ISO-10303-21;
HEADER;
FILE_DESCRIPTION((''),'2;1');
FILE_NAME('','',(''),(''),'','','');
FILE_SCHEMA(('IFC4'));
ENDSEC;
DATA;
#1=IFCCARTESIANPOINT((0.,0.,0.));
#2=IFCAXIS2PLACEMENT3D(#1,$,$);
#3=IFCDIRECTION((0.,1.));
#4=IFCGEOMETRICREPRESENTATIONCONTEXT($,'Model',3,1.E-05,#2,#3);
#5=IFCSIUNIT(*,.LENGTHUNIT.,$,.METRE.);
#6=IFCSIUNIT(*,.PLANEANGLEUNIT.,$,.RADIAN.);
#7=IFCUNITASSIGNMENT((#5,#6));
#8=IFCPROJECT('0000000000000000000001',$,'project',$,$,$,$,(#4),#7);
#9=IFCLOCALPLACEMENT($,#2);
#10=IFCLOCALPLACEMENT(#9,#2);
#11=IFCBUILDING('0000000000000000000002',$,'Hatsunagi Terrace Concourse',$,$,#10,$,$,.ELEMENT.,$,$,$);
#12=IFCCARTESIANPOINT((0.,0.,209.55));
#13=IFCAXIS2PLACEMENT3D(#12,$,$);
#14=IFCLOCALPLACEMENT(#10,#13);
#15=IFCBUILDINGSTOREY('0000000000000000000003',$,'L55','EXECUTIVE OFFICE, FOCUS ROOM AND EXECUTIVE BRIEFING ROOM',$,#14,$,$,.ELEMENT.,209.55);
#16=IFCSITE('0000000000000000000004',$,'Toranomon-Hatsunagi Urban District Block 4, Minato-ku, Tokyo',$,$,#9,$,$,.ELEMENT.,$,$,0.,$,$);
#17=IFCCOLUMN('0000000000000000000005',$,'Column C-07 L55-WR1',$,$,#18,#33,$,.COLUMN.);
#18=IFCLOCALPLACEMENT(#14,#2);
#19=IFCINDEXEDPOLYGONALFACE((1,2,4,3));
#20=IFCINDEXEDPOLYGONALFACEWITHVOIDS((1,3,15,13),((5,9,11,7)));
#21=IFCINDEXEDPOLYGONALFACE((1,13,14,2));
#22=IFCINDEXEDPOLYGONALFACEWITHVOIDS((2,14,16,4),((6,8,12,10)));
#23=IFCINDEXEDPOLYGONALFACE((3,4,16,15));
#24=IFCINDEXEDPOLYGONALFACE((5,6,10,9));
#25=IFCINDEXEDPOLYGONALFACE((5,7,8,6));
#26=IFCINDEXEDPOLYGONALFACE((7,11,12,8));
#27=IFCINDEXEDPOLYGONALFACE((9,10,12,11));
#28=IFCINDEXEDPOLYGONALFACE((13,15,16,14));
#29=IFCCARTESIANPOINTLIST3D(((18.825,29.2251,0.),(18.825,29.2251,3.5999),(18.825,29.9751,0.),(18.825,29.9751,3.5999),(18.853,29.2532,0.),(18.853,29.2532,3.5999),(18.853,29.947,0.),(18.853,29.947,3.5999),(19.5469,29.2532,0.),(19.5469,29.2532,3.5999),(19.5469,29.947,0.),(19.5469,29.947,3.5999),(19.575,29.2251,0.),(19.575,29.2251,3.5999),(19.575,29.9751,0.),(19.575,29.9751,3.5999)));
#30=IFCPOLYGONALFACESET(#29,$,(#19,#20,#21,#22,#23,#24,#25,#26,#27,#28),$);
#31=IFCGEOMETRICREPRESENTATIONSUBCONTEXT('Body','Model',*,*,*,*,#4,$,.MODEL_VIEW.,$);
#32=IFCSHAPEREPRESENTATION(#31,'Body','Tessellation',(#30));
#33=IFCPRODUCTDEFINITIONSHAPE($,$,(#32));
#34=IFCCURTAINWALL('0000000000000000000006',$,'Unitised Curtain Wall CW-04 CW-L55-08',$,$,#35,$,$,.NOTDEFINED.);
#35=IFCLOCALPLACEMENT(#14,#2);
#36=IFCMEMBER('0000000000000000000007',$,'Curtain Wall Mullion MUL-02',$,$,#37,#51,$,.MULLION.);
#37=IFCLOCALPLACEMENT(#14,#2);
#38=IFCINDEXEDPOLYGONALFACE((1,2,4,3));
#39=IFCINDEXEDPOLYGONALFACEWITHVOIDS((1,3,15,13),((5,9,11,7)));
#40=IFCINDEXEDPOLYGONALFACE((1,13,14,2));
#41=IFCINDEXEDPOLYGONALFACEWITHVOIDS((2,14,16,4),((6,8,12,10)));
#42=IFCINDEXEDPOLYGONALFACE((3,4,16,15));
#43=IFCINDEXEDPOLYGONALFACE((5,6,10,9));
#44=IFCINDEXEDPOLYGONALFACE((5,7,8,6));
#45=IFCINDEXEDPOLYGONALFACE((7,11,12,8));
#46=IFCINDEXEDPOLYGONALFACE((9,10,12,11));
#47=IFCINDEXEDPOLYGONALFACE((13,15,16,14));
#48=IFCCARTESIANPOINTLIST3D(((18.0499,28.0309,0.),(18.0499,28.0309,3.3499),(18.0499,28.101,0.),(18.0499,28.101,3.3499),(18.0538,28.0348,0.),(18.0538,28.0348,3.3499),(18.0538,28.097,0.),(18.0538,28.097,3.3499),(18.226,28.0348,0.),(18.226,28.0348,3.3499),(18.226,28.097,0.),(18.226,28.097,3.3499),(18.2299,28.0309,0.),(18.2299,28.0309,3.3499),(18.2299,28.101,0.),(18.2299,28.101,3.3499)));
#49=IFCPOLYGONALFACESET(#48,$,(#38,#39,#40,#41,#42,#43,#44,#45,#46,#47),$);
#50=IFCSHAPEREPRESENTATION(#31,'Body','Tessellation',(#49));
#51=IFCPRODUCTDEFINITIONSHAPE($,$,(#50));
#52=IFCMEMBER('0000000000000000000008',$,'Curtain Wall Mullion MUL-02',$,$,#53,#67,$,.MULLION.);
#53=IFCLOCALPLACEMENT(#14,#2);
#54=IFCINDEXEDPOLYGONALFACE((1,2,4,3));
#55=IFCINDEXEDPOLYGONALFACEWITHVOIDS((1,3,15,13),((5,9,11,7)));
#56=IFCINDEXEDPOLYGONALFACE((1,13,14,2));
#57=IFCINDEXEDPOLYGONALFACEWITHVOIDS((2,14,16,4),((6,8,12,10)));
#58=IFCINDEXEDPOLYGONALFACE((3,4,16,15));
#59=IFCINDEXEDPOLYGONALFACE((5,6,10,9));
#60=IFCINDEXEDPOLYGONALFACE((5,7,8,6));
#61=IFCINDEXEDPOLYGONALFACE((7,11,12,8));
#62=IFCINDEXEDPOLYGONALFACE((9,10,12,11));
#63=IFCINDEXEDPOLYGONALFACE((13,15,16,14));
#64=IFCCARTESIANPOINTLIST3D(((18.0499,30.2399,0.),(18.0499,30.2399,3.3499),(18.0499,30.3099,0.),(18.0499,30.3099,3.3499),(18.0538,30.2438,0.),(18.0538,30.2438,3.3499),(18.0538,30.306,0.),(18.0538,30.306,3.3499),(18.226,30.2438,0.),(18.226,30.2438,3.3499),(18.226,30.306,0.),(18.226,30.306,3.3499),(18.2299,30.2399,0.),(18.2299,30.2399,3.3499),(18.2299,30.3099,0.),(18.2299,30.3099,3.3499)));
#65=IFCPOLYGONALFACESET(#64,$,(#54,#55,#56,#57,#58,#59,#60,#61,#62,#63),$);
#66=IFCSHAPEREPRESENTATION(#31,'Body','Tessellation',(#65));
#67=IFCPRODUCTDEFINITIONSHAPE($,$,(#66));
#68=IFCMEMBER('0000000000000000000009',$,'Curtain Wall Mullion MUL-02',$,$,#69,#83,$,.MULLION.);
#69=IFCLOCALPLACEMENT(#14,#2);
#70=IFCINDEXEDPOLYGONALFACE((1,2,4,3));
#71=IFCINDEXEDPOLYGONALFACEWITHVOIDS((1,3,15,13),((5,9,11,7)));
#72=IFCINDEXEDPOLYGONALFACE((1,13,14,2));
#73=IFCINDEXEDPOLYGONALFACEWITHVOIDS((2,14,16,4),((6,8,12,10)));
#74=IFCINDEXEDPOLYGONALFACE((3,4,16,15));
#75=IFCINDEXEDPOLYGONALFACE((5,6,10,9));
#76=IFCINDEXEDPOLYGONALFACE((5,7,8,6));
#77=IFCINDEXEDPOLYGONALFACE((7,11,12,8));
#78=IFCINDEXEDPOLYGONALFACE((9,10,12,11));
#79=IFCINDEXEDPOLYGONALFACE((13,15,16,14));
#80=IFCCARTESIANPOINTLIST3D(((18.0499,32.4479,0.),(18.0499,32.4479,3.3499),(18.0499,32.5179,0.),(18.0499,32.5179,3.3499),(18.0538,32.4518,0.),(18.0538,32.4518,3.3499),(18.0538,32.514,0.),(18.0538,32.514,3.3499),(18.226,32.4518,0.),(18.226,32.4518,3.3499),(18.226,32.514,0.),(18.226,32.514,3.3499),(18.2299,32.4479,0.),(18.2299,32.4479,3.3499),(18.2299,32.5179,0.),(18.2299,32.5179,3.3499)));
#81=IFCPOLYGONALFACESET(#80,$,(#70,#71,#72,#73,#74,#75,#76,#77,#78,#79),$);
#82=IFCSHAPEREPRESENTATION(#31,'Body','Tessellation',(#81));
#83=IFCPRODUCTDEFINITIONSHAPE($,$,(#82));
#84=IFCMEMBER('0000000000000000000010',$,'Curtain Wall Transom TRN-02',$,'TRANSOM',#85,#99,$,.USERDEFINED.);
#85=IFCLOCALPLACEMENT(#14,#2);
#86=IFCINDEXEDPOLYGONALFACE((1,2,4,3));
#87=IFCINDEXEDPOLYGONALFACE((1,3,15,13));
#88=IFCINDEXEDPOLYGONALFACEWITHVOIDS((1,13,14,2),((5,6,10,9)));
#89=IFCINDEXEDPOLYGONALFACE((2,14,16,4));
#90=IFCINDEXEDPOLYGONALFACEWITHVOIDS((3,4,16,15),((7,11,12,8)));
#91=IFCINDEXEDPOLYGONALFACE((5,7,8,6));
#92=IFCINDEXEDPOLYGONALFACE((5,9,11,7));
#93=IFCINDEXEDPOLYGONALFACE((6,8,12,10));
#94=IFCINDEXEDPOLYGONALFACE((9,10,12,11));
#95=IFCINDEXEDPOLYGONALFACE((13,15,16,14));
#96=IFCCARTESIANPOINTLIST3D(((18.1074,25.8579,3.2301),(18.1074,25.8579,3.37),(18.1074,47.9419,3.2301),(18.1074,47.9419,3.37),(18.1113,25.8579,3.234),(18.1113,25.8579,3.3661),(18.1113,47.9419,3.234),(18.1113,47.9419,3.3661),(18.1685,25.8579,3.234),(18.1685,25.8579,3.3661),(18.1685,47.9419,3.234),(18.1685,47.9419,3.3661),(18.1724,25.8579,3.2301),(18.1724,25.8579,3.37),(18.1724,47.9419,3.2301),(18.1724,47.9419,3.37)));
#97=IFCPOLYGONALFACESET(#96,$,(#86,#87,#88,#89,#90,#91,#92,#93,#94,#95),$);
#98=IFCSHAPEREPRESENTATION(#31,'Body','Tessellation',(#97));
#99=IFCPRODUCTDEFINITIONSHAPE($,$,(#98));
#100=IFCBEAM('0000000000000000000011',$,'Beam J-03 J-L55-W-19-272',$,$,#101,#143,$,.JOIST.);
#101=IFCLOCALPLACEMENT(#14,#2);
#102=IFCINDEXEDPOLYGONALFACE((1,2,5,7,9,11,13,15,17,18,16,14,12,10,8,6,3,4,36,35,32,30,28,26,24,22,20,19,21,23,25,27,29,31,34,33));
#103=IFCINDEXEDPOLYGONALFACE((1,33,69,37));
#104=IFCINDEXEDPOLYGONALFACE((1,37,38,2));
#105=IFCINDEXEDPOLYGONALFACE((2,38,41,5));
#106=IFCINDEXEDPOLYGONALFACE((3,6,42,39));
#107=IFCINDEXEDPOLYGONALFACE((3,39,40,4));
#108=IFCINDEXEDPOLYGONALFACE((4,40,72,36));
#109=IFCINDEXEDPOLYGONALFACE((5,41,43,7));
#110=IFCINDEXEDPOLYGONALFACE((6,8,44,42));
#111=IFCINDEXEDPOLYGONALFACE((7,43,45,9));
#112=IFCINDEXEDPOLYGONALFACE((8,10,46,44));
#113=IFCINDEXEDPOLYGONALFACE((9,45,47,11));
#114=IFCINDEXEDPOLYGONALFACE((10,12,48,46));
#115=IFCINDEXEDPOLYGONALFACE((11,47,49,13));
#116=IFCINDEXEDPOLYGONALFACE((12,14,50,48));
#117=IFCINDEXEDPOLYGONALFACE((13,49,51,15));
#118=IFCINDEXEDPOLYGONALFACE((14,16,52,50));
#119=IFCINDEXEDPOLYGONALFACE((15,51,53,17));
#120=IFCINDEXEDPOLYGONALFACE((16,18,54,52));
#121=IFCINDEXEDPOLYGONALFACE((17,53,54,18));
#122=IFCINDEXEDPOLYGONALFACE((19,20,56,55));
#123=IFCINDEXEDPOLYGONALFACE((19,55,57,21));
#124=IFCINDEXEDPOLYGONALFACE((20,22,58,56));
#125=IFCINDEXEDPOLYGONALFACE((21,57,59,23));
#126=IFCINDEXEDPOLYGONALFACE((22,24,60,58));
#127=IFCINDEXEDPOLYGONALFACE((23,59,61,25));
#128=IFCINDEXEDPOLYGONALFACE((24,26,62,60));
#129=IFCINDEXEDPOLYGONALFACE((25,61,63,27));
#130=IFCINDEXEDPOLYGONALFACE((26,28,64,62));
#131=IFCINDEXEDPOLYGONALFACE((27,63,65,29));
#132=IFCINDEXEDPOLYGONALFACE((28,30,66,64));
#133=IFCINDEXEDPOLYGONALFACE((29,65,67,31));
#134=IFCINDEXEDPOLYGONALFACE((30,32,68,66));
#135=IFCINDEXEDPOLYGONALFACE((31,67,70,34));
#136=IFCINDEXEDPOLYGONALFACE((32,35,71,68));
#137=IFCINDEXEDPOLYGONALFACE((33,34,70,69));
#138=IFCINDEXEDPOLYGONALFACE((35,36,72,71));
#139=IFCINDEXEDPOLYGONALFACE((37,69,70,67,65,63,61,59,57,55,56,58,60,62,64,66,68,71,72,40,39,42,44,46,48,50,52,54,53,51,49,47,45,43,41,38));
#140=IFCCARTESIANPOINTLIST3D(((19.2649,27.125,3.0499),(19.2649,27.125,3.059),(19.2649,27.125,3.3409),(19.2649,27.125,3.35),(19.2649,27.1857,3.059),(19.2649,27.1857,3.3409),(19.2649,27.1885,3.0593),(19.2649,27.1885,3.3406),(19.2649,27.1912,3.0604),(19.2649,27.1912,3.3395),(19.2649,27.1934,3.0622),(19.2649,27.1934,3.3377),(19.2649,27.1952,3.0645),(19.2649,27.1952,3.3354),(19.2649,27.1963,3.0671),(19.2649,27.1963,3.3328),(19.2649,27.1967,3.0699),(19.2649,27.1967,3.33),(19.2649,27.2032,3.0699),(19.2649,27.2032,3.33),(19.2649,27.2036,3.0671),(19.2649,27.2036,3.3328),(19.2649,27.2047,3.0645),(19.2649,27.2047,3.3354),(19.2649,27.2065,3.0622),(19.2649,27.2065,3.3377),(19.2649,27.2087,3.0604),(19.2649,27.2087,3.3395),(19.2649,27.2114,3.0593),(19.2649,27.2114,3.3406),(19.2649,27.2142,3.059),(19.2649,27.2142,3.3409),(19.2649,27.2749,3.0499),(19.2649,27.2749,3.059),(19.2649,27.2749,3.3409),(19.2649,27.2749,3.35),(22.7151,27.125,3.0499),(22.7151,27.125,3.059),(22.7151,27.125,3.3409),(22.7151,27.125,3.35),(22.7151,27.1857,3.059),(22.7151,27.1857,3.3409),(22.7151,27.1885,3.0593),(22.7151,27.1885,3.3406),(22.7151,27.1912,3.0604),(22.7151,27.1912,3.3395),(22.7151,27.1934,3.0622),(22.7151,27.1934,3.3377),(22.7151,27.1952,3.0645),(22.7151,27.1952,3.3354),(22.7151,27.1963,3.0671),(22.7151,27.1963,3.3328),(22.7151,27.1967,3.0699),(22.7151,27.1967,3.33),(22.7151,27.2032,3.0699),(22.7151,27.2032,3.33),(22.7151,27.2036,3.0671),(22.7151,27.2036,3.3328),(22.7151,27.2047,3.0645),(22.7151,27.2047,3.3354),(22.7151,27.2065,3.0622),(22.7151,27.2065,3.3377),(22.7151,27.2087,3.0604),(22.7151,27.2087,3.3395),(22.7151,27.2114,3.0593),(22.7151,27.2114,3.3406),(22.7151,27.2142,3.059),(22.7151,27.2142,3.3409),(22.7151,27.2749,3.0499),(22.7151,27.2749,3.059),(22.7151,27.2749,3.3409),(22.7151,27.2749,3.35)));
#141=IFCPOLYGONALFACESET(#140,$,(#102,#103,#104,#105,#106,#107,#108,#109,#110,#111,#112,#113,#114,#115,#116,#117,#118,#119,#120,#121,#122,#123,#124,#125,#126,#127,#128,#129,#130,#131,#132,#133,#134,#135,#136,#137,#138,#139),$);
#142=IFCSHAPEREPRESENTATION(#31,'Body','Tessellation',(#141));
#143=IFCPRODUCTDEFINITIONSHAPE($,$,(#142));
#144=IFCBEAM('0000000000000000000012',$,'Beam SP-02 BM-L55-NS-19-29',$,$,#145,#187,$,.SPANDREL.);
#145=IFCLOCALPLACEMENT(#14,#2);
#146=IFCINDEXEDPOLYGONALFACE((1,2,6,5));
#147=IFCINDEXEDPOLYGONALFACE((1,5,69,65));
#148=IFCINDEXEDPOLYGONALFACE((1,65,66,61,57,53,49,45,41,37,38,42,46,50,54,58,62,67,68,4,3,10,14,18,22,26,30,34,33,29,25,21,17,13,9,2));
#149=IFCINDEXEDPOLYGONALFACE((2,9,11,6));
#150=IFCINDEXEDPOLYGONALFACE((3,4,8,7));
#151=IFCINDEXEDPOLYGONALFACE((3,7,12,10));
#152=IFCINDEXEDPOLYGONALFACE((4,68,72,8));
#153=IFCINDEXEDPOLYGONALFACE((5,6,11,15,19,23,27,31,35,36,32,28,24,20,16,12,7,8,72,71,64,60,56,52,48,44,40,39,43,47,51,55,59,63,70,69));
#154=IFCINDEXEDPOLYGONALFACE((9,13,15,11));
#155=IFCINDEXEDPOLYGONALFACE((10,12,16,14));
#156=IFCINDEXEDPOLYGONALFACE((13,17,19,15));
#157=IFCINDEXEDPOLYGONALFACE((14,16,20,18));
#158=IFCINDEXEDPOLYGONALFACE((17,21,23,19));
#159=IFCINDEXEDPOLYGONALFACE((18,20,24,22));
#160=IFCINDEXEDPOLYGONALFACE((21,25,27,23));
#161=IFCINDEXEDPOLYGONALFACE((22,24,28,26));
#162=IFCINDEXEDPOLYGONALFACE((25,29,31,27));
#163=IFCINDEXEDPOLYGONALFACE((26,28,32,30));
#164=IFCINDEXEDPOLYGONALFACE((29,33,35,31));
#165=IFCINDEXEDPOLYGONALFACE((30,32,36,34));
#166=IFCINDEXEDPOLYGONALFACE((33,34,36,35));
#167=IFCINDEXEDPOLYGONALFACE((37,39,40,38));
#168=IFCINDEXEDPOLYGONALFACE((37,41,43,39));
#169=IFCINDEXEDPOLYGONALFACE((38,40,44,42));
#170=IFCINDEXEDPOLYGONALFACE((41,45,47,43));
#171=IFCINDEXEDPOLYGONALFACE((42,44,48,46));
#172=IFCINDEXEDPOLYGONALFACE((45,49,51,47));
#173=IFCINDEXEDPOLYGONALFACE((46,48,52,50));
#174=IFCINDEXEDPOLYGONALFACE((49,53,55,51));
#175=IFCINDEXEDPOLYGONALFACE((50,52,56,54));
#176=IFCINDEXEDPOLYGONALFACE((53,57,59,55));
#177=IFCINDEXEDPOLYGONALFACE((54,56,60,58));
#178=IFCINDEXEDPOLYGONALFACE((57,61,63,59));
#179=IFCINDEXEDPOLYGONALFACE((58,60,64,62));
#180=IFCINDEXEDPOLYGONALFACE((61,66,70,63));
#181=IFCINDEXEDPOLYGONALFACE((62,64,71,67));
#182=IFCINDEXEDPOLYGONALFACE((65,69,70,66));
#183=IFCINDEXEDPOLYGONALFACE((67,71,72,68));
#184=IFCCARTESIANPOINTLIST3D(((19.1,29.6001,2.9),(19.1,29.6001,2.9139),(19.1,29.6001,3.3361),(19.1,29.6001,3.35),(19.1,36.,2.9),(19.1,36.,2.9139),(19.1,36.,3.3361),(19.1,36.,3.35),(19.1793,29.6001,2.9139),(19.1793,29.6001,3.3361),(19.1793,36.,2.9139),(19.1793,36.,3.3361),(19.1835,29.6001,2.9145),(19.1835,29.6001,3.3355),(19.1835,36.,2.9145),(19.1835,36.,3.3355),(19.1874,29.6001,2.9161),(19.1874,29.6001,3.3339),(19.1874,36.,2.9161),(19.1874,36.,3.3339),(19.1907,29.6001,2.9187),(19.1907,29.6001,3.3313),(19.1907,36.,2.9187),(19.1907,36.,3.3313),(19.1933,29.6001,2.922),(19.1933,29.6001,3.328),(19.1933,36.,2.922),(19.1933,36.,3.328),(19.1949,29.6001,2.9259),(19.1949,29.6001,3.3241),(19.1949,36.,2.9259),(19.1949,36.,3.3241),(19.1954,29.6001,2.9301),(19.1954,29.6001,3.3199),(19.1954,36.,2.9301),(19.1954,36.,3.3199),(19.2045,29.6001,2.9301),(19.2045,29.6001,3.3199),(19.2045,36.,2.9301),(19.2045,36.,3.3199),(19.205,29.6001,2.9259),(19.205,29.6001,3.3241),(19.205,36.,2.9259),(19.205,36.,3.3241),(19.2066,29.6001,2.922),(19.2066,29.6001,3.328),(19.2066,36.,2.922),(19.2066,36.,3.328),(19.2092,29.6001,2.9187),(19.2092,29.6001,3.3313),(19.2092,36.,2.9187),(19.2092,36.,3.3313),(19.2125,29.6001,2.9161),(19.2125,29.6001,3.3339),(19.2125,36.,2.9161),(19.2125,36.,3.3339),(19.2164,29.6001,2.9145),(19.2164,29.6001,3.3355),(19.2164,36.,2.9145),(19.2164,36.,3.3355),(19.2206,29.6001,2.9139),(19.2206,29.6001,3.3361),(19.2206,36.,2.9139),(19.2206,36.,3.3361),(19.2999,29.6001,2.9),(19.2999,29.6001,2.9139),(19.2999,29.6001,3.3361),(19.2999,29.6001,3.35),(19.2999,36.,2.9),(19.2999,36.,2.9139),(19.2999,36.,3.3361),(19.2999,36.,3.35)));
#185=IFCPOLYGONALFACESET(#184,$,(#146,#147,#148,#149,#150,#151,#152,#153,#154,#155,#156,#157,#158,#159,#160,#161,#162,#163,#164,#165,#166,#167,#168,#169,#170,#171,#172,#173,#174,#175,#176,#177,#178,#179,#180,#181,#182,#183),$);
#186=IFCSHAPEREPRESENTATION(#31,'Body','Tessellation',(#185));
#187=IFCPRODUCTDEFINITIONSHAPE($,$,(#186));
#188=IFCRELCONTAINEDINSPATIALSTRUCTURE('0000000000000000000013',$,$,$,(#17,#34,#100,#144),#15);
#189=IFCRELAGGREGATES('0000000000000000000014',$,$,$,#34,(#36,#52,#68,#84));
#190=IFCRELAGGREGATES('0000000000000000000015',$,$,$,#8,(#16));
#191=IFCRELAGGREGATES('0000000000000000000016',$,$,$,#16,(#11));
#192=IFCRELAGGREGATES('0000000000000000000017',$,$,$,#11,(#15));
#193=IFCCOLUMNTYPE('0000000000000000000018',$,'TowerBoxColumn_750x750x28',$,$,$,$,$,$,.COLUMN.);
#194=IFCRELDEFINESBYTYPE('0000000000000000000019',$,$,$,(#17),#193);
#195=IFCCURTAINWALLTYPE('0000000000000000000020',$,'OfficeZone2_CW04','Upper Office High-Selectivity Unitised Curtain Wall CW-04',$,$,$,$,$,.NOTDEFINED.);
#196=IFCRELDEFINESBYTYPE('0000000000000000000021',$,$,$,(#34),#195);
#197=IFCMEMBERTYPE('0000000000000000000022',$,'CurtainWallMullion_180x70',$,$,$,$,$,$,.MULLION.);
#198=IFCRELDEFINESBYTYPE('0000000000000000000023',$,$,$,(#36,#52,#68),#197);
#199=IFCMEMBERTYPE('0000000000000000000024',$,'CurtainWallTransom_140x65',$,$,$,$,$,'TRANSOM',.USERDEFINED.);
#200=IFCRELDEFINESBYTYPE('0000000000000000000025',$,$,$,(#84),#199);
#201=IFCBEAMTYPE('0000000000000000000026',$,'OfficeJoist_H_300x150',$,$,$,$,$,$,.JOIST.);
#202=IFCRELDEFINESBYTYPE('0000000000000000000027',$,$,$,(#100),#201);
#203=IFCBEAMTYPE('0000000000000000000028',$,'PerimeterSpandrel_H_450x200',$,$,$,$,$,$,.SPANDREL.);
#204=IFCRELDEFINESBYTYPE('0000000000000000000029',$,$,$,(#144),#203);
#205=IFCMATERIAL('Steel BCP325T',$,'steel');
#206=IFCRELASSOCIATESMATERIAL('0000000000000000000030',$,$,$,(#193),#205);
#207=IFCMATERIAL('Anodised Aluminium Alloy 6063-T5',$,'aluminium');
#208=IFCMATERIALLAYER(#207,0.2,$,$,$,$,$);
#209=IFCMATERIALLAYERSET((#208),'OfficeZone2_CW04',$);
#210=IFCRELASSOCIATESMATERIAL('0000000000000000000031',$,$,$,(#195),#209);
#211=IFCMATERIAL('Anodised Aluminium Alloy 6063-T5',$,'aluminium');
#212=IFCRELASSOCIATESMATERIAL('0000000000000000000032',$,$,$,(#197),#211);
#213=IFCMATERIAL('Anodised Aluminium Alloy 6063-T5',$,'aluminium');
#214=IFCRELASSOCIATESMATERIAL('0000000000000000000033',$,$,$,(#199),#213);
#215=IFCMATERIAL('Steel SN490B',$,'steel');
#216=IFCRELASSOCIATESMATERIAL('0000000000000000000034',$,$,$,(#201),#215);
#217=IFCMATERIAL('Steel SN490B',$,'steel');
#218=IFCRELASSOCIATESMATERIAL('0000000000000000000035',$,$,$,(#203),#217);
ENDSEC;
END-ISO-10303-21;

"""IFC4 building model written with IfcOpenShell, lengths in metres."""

from ifc_helpers import new_model, si_unit, direction, frame, origin, origin_2d, place, context, subcontext, project, spatial, hollow_rectangle, i_section, extrude, material, layer, layer_set, material_profile, profile_set, type_object, element, aggregate, save


model = new_model("IFC4")

# Units and contexts
model_context = context("Model", 3, precision=1e-05, world=origin(), true_north=direction((0.0, 1.0)))
body_context = subcontext(model_context, "Body", "Model", "MODEL_VIEW")
ifc_project = project(units=[si_unit("LENGTHUNIT", "METRE"), si_unit("PLANEANGLEUNIT", "RADIAN")], contexts=[model_context])

# Site, building, storey
site_placement = place(None, origin())
site = spatial("IfcSite", under=ifc_project, at=site_placement, Name="Toranomon-Hatsunagi Urban District Block 4, Minato-ku, Tokyo", CompositionType="ELEMENT", RefElevation=0.0)
building_placement = place(site_placement, origin())
building = spatial("IfcBuilding", under=site, at=building_placement, Name="Hatsunagi Terrace Concourse", CompositionType="ELEMENT")
storey_placement = place(building_placement, frame((0.0, 0.0, 209.55)))
storey = spatial("IfcBuildingStorey", under=building, at=storey_placement, Name="L55", Description="EXECUTIVE OFFICE, FOCUS ROOM AND EXECUTIVE BRIEFING ROOM", CompositionType="ELEMENT", Elevation=209.55)

# Column
ifc_material_1 = material(Name="Steel BCP325T", Category="steel")
ifc_material_profile_1 = material_profile(ifc_material_1, hollow_rectangle(XDim=0.75, YDim=0.75, WallThickness=0.0281, at=origin_2d()), Name="BCP-750x750x28")
ifc_profile_set_1 = profile_set([ifc_material_profile_1], Name="Steel BCP325T")
column_type = type_object("IfcColumnType", Name="TowerBoxColumn_750x750x28", PredefinedType="COLUMN", material=ifc_profile_set_1)
column_placement = place(storey_placement, frame((19.2, 29.6001, 0.0), z_axis=(0.0, 0.0, 1.0), x_axis=(1.0, 0.0, 0.0)))
element("IfcColumn", 1, at=column_placement, inside=storey, type_object=column_type, Name="Column C-07 L55-WR1", PredefinedType="COLUMN", context=body_context, shape_type="SweptSolid", body=[
    extrude(hollow_rectangle(XDim=0.75, YDim=0.75, WallThickness=0.0281, at=origin_2d()), origin(), (0.0, 0.0, 1.0), 3.5999),
])

# Curtain wall, members
ifc_material_2 = material(Name="Anodised Aluminium Alloy 6063-T5", Category="aluminium")
ifc_layer_1 = layer(ifc_material_2, 0.2)
ifc_layer_set_1 = layer_set([ifc_layer_1], Name="OfficeZone2_CW04")
curtain_wall_type = type_object("IfcCurtainWallType", Name="OfficeZone2_CW04", Description="Upper Office High-Selectivity Unitised Curtain Wall CW-04", PredefinedType="NOTDEFINED", material=ifc_layer_set_1)
curtain_wall_placement = place(storey_placement, origin())
curtain_wall = element("IfcCurtainWall", 2, at=curtain_wall_placement, inside=storey, type_object=curtain_wall_type, Name="Unitised Curtain Wall CW-04 CW-L55-08", PredefinedType="NOTDEFINED")
ifc_material_3 = material(Name="Anodised Aluminium Alloy 6063-T5", Category="aluminium")
ifc_material_profile_2 = material_profile(ifc_material_3, hollow_rectangle(XDim=0.0701, YDim=0.1799, WallThickness=0.0039, at=origin_2d()), Name="ALU-MUL-180x70x4")
ifc_profile_set_2 = profile_set([ifc_material_profile_2], Name="Anodised Aluminium Alloy 6063-T5")
member_type_1 = type_object("IfcMemberType", Name="CurtainWallMullion_180x70", PredefinedType="MULLION", material=ifc_profile_set_2)
member_1_placement = place(storey_placement, frame((18.1399, 28.0659, 0.0), z_axis=(0.0, 0.0, 1.0), x_axis=(0.0, 1.0, 0.0)))
member_1 = element("IfcMember", 3, at=member_1_placement, type_object=member_type_1, Name="Curtain Wall Mullion MUL-02", PredefinedType="MULLION", context=body_context, shape_type="SweptSolid", body=[
    extrude(hollow_rectangle(XDim=0.0701, YDim=0.1799, WallThickness=0.0039, at=origin_2d()), origin(), (0.0, 0.0, 1.0), 3.3499),
])
member_2_placement = place(storey_placement, frame((18.1399, 30.2749, 0.0), z_axis=(0.0, 0.0, 1.0), x_axis=(0.0, 1.0, 0.0)))
member_2 = element("IfcMember", 4, at=member_2_placement, type_object=member_type_1, Name="Curtain Wall Mullion MUL-02", PredefinedType="MULLION", context=body_context, shape_type="SweptSolid", body=[
    extrude(hollow_rectangle(XDim=0.0701, YDim=0.1799, WallThickness=0.0039, at=origin_2d()), origin(), (0.0, 0.0, 1.0), 3.3499),
])
member_3_placement = place(storey_placement, frame((18.1399, 32.4829, 0.0), z_axis=(0.0, 0.0, 1.0), x_axis=(0.0, 1.0, 0.0)))
member_3 = element("IfcMember", 5, at=member_3_placement, type_object=member_type_1, Name="Curtain Wall Mullion MUL-02", PredefinedType="MULLION", context=body_context, shape_type="SweptSolid", body=[
    extrude(hollow_rectangle(XDim=0.0701, YDim=0.1799, WallThickness=0.0039, at=origin_2d()), origin(), (0.0, 0.0, 1.0), 3.3499),
])
ifc_material_4 = material(Name="Anodised Aluminium Alloy 6063-T5", Category="aluminium")
ifc_material_profile_3 = material_profile(ifc_material_4, hollow_rectangle(XDim=0.0649, YDim=0.1399, WallThickness=0.0039, at=origin_2d()), Name="ALU-TRN-140x65x4")
ifc_profile_set_3 = profile_set([ifc_material_profile_3], Name="Anodised Aluminium Alloy 6063-T5")
member_type_2 = type_object("IfcMemberType", Name="CurtainWallTransom_140x65", ElementType="TRANSOM", PredefinedType="USERDEFINED", material=ifc_profile_set_3)
member_4_placement = place(storey_placement, frame((18.1399, 25.8579, 3.3), z_axis=(0.0, 1.0, 0.0), x_axis=(-1.0, 0.0, 0.0)))
member_4 = element("IfcMember", 6, at=member_4_placement, type_object=member_type_2, Name="Curtain Wall Transom TRN-02", ObjectType="TRANSOM", PredefinedType="USERDEFINED", context=body_context, shape_type="SweptSolid", body=[
    extrude(hollow_rectangle(XDim=0.0649, YDim=0.1399, WallThickness=0.0039, at=origin_2d()), origin(), (0.0, 0.0, 1.0), 22.084),
])

# Beams
ifc_material_5 = material(Name="Steel SN490B", Category="steel")
ifc_material_profile_4 = material_profile(ifc_material_5, i_section(OverallWidth=0.1499, OverallDepth=0.3, WebThickness=0.0066, FlangeThickness=0.009, FilletRadius=0.011, at=origin_2d()), Name="H-300x150x6.5x9")
ifc_profile_set_4 = profile_set([ifc_material_profile_4], Name="Steel SN490B")
beam_type_1 = type_object("IfcBeamType", Name="OfficeJoist_H_300x150", PredefinedType="JOIST", material=ifc_profile_set_4)
beam_1_placement = place(storey_placement, frame((19.2649, 27.2, 3.2), z_axis=(1.0, 0.0, 0.0), x_axis=(0.0, 1.0, 0.0)))
element("IfcBeam", 7, at=beam_1_placement, inside=storey, type_object=beam_type_1, Name="Beam J-03 J-L55-W-19-272", PredefinedType="JOIST", context=body_context, shape_type="SweptSolid", body=[
    extrude(i_section(OverallWidth=0.1499, OverallDepth=0.3, WebThickness=0.0066, FlangeThickness=0.009, FilletRadius=0.011, at=origin_2d()), origin(), (0.0, 0.0, 1.0), 3.4502),
])
ifc_material_6 = material(Name="Steel SN490B", Category="steel")
ifc_material_profile_5 = material_profile(ifc_material_6, i_section(OverallWidth=0.2, OverallDepth=0.45, WebThickness=0.009, FlangeThickness=0.0139, FilletRadius=0.0161, at=origin_2d()), Name="H-450x200x9x14")
ifc_profile_set_5 = profile_set([ifc_material_profile_5], Name="Steel SN490B")
beam_type_2 = type_object("IfcBeamType", Name="PerimeterSpandrel_H_450x200", PredefinedType="SPANDREL", material=ifc_profile_set_5)
beam_2_placement = place(storey_placement, frame((19.2, 29.6001, 3.125), z_axis=(0.0, 1.0, 0.0), x_axis=(-1.0, 0.0, 0.0)))
element("IfcBeam", 8, at=beam_2_placement, inside=storey, type_object=beam_type_2, Name="Beam SP-02 BM-L55-NS-19-29", PredefinedType="SPANDREL", context=body_context, shape_type="SweptSolid", body=[
    extrude(i_section(OverallWidth=0.2, OverallDepth=0.45, WebThickness=0.009, FlangeThickness=0.0139, FilletRadius=0.0161, at=origin_2d()), origin(), (0.0, 0.0, 1.0), 6.3999),
])

aggregate(curtain_wall, [member_1, member_2, member_3, member_4])

save(model, "model.ifc")
